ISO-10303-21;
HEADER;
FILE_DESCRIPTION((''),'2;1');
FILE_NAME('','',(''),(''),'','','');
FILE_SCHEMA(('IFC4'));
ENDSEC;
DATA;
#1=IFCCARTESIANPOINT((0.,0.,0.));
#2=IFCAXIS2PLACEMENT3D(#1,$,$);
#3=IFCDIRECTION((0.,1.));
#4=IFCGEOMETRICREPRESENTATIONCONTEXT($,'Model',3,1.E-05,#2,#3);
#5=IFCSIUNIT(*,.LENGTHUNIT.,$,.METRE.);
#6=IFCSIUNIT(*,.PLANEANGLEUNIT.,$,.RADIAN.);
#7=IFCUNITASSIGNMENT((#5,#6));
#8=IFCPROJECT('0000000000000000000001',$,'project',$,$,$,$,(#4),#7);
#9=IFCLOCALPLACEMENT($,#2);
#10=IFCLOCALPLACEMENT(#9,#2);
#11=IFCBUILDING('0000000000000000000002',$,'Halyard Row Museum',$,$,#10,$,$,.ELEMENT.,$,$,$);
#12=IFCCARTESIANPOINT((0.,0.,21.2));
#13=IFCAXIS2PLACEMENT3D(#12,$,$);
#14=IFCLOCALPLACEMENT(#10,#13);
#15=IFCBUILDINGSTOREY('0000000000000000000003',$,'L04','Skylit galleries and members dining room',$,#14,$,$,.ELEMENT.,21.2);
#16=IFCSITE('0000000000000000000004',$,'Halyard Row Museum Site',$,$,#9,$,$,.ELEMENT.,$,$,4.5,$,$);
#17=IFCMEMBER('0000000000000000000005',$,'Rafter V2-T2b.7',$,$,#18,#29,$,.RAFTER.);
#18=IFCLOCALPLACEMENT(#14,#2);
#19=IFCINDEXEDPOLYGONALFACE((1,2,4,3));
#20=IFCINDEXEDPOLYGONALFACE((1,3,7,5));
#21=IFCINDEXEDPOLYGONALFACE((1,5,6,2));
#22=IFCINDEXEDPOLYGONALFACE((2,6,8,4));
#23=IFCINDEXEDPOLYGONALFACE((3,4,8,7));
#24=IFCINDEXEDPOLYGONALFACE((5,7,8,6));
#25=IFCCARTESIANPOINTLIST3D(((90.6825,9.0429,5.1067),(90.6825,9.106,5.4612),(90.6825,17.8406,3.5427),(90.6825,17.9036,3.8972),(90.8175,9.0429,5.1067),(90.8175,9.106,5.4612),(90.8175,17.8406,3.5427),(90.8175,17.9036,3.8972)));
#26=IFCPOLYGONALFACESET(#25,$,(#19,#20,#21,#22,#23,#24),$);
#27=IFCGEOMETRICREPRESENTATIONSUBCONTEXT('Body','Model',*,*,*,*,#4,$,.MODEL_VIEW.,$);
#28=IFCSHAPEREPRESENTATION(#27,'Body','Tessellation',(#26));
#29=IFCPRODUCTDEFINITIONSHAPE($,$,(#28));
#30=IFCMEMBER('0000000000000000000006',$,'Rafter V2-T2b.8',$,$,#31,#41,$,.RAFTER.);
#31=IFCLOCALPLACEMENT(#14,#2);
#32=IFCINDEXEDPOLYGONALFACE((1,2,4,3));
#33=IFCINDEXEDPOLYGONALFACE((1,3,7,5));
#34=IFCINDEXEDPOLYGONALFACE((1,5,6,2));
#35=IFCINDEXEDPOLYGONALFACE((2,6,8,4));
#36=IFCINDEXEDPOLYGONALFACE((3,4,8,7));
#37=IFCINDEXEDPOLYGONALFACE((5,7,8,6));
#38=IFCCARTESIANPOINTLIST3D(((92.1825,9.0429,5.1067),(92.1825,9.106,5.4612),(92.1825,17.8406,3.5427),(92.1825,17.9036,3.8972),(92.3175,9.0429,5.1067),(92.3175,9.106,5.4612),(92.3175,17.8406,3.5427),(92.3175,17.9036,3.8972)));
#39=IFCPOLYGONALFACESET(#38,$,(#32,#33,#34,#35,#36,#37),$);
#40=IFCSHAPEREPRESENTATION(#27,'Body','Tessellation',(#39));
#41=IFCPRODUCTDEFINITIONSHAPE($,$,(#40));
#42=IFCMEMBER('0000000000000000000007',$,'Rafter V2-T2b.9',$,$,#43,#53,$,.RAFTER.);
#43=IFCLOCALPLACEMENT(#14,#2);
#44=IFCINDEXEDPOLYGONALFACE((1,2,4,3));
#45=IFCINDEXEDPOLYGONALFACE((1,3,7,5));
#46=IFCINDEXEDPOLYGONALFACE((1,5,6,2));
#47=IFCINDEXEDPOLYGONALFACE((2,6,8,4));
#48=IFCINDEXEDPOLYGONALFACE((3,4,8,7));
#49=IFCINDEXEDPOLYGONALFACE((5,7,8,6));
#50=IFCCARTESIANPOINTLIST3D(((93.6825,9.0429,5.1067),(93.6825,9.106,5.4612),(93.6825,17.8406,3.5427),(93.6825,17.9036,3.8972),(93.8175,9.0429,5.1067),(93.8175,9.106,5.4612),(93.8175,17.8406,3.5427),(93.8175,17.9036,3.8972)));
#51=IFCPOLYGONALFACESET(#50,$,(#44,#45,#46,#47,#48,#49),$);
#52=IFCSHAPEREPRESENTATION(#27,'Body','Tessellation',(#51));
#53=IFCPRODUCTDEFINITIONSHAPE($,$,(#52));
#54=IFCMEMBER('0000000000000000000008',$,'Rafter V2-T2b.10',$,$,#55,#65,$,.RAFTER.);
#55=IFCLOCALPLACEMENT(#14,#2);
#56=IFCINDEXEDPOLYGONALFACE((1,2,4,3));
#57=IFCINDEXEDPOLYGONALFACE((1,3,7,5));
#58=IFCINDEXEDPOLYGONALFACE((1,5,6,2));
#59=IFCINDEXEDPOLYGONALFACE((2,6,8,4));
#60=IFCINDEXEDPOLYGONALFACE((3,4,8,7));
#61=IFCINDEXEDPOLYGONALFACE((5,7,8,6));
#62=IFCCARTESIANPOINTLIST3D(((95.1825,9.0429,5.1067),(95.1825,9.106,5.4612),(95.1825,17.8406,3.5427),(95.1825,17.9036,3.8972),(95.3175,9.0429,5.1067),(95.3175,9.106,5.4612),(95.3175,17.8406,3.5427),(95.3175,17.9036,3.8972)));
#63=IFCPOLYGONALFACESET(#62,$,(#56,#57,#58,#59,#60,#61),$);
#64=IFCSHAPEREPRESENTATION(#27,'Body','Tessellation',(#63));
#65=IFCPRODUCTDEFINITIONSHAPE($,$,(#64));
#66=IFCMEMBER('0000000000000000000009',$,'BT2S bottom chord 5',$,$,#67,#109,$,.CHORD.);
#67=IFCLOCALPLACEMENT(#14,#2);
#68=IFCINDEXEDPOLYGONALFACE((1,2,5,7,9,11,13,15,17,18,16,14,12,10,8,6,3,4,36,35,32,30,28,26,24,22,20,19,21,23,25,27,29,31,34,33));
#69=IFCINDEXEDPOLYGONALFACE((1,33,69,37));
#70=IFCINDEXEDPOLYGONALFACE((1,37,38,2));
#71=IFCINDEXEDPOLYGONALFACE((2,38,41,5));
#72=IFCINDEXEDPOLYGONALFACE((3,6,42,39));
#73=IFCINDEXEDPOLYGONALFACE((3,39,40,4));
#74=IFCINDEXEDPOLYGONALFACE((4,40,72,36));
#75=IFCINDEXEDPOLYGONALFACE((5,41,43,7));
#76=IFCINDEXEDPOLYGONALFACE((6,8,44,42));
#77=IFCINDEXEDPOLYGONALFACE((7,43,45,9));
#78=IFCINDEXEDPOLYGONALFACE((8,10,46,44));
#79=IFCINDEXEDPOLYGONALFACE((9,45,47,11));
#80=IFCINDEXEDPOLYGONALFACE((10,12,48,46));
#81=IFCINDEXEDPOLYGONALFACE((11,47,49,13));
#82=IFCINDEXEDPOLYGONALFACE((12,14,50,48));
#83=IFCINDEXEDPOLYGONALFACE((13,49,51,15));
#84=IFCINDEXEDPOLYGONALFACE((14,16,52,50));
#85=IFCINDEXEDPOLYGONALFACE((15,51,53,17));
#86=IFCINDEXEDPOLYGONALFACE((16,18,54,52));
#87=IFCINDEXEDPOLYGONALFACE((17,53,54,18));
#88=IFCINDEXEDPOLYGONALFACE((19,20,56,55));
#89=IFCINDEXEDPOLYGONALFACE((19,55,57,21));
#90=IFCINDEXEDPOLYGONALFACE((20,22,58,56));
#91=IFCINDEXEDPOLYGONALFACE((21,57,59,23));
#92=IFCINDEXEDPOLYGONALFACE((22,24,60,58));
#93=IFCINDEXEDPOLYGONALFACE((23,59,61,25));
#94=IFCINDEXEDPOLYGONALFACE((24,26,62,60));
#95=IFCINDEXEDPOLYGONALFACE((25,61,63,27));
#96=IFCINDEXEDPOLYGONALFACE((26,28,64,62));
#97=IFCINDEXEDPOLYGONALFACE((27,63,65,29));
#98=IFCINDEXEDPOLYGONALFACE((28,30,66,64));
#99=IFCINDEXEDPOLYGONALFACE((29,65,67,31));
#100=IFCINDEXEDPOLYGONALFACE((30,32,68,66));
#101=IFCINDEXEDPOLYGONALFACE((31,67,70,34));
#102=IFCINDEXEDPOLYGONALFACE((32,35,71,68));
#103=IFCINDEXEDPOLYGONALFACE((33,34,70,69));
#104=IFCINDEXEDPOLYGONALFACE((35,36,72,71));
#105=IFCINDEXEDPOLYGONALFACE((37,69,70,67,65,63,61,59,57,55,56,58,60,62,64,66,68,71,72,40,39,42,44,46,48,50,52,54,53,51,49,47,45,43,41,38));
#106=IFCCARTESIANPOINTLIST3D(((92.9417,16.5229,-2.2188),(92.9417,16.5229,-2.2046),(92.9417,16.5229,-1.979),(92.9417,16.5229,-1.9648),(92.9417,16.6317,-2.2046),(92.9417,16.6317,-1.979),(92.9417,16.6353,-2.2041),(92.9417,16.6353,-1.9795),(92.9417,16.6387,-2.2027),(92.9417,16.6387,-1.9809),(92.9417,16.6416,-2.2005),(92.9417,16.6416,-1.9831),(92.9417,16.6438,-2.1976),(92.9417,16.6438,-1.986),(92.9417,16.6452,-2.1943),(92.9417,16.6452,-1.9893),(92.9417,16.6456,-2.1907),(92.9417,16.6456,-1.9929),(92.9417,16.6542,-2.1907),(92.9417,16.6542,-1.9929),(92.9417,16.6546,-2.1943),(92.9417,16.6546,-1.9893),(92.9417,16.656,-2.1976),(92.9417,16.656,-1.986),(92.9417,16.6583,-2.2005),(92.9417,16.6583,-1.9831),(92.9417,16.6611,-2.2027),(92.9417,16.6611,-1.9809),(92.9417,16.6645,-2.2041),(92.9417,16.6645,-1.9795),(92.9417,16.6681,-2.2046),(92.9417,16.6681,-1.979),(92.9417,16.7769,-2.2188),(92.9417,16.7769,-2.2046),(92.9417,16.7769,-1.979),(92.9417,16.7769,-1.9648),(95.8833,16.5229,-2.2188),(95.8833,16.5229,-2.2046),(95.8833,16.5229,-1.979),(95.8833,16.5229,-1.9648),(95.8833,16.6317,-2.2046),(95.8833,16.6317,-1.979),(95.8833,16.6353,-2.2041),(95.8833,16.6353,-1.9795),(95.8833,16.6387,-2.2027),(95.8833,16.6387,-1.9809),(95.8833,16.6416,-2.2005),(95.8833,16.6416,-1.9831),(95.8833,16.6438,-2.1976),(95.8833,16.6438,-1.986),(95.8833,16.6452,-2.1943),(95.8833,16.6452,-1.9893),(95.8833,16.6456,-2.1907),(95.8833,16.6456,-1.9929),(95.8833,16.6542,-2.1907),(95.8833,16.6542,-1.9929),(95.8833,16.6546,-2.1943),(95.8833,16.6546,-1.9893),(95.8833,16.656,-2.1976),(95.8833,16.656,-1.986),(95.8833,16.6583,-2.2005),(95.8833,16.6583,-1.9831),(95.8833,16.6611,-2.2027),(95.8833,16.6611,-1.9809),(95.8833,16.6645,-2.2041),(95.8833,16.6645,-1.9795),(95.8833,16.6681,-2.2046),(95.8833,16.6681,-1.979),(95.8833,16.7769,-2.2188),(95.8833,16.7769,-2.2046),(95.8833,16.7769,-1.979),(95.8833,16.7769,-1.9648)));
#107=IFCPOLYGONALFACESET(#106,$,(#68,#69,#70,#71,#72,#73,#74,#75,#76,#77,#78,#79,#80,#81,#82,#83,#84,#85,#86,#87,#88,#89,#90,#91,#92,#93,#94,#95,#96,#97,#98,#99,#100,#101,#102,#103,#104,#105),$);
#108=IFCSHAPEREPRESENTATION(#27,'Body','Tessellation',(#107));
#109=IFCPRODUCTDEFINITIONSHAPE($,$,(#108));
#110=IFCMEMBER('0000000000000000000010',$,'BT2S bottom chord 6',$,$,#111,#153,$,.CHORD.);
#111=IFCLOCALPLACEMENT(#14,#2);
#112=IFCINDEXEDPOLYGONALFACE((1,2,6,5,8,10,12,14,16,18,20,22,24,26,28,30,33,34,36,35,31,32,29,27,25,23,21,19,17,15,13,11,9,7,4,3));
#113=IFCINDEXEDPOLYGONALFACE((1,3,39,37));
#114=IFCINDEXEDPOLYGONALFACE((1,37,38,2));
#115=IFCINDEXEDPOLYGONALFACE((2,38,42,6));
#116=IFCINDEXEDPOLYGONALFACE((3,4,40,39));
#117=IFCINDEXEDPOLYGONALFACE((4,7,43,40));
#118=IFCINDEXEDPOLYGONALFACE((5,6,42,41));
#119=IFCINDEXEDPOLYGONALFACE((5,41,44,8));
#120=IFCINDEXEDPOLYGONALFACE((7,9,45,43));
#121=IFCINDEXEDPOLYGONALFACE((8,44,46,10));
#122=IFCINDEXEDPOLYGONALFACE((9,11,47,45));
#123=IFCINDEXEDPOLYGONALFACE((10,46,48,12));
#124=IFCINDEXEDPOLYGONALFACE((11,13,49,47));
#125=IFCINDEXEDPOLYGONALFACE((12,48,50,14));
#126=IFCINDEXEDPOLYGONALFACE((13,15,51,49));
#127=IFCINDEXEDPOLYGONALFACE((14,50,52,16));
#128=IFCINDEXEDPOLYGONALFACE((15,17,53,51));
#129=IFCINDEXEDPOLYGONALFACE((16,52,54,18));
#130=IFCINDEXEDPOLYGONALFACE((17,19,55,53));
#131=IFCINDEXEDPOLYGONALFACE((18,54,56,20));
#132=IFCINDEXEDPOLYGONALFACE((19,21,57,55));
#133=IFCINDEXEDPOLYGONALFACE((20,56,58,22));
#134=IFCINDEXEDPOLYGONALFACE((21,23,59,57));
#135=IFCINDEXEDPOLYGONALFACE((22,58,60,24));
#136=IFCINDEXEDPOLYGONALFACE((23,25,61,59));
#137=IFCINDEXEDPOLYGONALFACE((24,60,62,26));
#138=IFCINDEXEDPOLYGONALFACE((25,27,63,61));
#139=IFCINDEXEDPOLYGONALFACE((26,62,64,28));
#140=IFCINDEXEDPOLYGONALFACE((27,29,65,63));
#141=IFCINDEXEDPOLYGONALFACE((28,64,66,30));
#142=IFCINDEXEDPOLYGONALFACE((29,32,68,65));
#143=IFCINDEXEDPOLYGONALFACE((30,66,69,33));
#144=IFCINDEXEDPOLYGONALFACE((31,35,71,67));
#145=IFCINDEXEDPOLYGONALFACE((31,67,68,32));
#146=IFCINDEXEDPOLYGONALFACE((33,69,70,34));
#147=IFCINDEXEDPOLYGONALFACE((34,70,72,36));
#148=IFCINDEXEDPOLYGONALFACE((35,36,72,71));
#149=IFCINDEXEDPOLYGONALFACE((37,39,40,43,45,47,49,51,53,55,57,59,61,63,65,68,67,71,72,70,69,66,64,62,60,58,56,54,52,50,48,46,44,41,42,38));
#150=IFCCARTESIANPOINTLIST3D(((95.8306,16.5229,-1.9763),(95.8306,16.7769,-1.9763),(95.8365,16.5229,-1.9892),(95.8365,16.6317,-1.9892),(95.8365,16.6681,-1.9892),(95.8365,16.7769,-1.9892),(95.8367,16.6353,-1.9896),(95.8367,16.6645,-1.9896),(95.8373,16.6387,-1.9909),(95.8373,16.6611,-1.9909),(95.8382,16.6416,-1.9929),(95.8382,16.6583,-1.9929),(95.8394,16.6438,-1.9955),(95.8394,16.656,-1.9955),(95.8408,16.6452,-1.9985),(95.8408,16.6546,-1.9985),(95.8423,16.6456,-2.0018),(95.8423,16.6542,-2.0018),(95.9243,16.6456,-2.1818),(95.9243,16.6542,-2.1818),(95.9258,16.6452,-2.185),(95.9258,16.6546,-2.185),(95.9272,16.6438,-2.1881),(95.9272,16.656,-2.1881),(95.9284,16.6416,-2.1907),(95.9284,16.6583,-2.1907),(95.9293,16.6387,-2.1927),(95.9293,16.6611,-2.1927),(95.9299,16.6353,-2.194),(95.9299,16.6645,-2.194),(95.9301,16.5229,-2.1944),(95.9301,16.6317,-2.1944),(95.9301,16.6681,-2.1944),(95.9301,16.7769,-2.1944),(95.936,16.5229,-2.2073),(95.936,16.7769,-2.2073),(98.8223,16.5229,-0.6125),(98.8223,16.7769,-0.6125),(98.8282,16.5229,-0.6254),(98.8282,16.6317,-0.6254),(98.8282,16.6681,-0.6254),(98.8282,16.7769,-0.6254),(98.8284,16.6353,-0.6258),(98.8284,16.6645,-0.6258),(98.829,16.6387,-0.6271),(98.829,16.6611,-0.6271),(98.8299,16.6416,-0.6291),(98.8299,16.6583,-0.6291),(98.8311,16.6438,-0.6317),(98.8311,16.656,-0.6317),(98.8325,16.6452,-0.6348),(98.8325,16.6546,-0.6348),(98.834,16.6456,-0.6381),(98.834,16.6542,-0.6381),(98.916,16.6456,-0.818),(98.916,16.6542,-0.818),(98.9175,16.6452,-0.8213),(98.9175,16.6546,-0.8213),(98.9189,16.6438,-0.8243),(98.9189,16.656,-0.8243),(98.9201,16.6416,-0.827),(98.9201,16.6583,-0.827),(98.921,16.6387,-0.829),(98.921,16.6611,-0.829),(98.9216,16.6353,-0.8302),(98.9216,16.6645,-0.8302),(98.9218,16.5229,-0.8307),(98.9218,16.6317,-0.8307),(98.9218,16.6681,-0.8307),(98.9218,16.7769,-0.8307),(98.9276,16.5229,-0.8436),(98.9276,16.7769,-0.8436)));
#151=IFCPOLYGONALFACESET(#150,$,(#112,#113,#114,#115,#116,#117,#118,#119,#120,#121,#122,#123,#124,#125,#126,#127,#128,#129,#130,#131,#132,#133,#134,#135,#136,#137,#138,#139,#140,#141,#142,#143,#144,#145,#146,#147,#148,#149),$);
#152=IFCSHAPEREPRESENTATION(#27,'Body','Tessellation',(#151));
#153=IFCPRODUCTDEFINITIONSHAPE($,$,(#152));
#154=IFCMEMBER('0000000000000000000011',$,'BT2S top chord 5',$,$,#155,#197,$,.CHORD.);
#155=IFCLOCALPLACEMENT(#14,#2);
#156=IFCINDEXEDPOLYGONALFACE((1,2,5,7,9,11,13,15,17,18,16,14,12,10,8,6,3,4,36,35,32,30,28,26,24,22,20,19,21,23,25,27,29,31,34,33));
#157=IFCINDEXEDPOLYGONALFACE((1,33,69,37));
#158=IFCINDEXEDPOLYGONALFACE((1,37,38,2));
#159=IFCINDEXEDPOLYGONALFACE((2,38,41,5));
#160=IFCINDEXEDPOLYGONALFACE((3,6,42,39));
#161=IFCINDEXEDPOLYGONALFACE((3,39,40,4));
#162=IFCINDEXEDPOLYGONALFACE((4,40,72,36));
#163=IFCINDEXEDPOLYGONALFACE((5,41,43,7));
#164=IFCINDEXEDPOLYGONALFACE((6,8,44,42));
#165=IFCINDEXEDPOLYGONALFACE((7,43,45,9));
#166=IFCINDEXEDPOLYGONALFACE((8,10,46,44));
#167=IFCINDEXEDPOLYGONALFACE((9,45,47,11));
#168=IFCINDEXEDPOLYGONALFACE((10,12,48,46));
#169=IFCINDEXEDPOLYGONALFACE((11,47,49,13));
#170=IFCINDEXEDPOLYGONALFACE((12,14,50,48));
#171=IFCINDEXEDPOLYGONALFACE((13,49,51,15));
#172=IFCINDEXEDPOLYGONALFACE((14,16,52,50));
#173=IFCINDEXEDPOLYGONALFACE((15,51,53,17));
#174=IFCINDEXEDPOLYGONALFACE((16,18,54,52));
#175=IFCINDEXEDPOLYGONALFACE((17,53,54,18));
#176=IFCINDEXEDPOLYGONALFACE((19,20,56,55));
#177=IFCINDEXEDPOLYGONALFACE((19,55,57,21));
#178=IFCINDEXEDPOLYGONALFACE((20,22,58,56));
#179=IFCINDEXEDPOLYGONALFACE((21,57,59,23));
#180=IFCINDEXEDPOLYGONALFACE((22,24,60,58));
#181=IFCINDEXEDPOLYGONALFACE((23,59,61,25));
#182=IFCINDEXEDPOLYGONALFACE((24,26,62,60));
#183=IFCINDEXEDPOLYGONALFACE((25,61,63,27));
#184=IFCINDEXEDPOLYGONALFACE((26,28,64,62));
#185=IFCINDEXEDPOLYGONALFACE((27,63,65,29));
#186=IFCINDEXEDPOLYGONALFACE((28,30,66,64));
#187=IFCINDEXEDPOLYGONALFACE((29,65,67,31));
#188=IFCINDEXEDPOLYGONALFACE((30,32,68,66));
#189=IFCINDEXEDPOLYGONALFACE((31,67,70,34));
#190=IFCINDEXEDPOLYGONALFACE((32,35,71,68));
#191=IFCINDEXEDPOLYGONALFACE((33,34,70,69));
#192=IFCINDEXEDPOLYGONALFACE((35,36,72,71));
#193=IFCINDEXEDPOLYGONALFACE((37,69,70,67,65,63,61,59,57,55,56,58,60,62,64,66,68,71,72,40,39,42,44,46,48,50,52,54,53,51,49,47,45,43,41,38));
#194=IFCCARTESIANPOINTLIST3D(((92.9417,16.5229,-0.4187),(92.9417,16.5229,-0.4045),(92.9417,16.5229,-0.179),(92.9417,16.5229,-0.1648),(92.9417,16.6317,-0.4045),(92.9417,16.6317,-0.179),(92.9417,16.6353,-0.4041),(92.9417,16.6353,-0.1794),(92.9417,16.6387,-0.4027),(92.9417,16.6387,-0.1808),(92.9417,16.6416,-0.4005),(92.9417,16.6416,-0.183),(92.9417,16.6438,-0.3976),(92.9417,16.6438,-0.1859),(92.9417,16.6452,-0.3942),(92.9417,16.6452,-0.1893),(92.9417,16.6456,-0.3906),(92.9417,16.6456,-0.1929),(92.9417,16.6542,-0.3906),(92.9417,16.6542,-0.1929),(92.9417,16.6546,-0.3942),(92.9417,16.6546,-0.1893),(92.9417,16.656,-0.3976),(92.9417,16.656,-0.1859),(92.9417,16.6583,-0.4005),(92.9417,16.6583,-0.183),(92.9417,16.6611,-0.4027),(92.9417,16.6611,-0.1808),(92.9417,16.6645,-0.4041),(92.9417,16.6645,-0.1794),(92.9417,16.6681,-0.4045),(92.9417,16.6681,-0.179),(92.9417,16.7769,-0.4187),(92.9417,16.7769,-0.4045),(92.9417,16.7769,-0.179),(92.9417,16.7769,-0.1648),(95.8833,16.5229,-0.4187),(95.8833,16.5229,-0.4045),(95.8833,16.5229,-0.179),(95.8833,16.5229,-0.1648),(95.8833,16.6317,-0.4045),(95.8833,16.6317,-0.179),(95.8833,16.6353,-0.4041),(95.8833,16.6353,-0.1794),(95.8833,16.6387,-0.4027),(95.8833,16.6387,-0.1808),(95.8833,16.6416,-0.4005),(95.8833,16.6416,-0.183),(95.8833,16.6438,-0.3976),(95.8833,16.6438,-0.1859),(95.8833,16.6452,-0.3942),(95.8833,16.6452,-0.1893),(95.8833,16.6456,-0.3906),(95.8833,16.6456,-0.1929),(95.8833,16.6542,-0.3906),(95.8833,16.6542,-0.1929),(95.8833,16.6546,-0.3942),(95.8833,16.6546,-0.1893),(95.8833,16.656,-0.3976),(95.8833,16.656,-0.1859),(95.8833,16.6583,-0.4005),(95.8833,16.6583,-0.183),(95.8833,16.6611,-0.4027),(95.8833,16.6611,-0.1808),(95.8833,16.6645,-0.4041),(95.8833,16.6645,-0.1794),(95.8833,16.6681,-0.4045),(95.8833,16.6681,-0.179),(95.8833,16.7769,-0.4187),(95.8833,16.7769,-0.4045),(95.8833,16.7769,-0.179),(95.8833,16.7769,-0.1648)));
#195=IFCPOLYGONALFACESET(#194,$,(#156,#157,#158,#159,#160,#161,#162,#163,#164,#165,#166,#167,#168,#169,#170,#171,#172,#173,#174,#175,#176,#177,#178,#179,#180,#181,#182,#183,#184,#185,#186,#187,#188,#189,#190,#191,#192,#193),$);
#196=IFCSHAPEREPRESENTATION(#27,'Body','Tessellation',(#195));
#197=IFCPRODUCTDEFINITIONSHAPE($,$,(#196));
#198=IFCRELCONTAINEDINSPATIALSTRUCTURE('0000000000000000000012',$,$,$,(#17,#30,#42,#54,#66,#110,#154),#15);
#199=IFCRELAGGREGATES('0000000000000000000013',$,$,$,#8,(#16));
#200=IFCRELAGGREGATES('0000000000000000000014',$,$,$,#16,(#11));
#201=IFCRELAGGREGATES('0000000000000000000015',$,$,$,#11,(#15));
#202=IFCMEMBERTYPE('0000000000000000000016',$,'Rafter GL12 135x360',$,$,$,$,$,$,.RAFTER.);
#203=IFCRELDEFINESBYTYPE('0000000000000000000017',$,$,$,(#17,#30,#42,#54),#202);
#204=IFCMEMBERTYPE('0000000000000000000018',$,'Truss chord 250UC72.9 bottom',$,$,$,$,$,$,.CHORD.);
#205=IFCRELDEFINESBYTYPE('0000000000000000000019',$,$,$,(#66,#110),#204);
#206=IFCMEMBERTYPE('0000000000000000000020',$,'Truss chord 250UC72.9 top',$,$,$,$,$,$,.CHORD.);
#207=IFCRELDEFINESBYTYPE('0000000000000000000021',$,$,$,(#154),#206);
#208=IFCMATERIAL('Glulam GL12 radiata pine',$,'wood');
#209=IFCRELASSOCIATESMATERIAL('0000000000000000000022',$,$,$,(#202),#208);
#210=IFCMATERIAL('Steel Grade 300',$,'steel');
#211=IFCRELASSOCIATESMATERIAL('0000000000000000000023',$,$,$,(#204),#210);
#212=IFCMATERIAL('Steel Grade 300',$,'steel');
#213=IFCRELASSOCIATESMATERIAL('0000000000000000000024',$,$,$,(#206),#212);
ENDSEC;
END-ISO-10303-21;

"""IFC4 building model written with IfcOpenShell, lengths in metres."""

from ifc_helpers import new_model, si_unit, direction, frame, origin, origin_2d, place, context, subcontext, project, spatial, rectangle, i_section, extrude, material, material_profile, profile_set, type_object, element, save


model = new_model("IFC4")

# Units and contexts
model_context = context("Model", 3, precision=1e-05, world=origin(), true_north=direction((0.0, 1.0)))
body_context = subcontext(model_context, "Body", "Model", "MODEL_VIEW")
ifc_project = project(units=[si_unit("LENGTHUNIT", "METRE"), si_unit("PLANEANGLEUNIT", "RADIAN")], contexts=[model_context])

# Site, building, storey
site_placement = place(None, origin())
site = spatial("IfcSite", under=ifc_project, at=site_placement, Name="Halyard Row Museum Site", CompositionType="ELEMENT", RefElevation=4.5)
building_placement = place(site_placement, origin())
building = spatial("IfcBuilding", under=site, at=building_placement, Name="Halyard Row Museum", CompositionType="ELEMENT")
storey_placement = place(building_placement, frame((0.0, 0.0, 21.2)))
storey = spatial("IfcBuildingStorey", under=building, at=storey_placement, Name="L04", Description="Skylit galleries and members dining room", CompositionType="ELEMENT", Elevation=21.2)

# Members
ifc_material_1 = material(Name="Glulam GL12 radiata pine", Category="wood")
ifc_material_profile_1 = material_profile(ifc_material_1, rectangle(XDim=0.135, YDim=0.3601, at=origin_2d()), Name="GL12 135x360")
ifc_profile_set_1 = profile_set([ifc_material_profile_1], Name="Glulam GL12 radiata pine")
member_type_1 = type_object("IfcMemberType", Name="Rafter GL12 135x360", PredefinedType="RAFTER", material=ifc_profile_set_1)
for number, where, z_axis, x_axis, name in (
    (1, (90.75, 9.0745, 5.2839), (0.0, 0.984564, -0.175027), (-1.0, 0.0, 0.0), "Rafter V2-T2b.7"),
    (2, (92.25, 9.0745, 5.2839), (0.0, 0.984564, -0.175027), (-1.0, 0.0, 0.0), "Rafter V2-T2b.8"),
    (3, (93.75, 9.0745, 5.2839), (0.0, 0.984564, -0.175027), (-1.0, 0.0, 0.0), "Rafter V2-T2b.9"),
    (4, (95.25, 9.0745, 5.2839), (0.0, 0.984564, -0.175027), (-1.0, 0.0, 0.0), "Rafter V2-T2b.10"),
):
    element("IfcMember", number, at=place(storey_placement, frame(where, z_axis=z_axis, x_axis=x_axis)), inside=storey, type_object=member_type_1, Name=name, PredefinedType="RAFTER", context=body_context, shape_type="SweptSolid", body=[
        extrude(rectangle(XDim=0.135, YDim=0.3601, at=origin_2d()), origin(), (0.0, 0.0, 1.0), 8.9355),
    ])
ifc_material_2 = material(Name="Steel Grade 300", Category="steel")
ifc_material_profile_2 = material_profile(ifc_material_2, i_section(OverallWidth=0.2539, OverallDepth=0.2539, WebThickness=0.0085, FlangeThickness=0.0142, FilletRadius=0.0139, at=origin_2d()), Name="250UC72.9")
ifc_profile_set_2 = profile_set([ifc_material_profile_2], Name="Steel Grade 300")
member_type_2 = type_object("IfcMemberType", Name="Truss chord 250UC72.9 bottom", PredefinedType="CHORD", material=ifc_profile_set_2)
member_1_placement = place(storey_placement, frame((92.9417, 16.6499, -2.0918), z_axis=(1.0, 0.0, 0.0), x_axis=(0.0, 1.0, 0.0)))
element("IfcMember", 5, at=member_1_placement, inside=storey, type_object=member_type_2, Name="BT2S bottom chord 5", PredefinedType="CHORD", context=body_context, shape_type="SweptSolid", body=[
    extrude(i_section(OverallWidth=0.2539, OverallDepth=0.2539, WebThickness=0.0085, FlangeThickness=0.0142, FilletRadius=0.0139, at=origin_2d()), origin(), (0.0, 0.0, 1.0), 2.9417),
])
member_2_placement = place(storey_placement, frame((95.8833, 16.6499, -2.0918), z_axis=(0.909918, 0.0, 0.414787), x_axis=(0.0, 1.0, 0.0)))
element("IfcMember", 6, at=member_2_placement, inside=storey, type_object=member_type_2, Name="BT2S bottom chord 6", PredefinedType="CHORD", context=body_context, shape_type="SweptSolid", body=[
    extrude(i_section(OverallWidth=0.2539, OverallDepth=0.2539, WebThickness=0.0085, FlangeThickness=0.0142, FilletRadius=0.0139, at=origin_2d()), origin(), (0.0, 0.0, 1.0), 3.2878),
])
ifc_material_3 = material(Name="Steel Grade 300", Category="steel")
ifc_material_profile_3 = material_profile(ifc_material_3, i_section(OverallWidth=0.2539, OverallDepth=0.2539, WebThickness=0.0085, FlangeThickness=0.0142, FilletRadius=0.0139, at=origin_2d()), Name="250UC72.9")
ifc_profile_set_3 = profile_set([ifc_material_profile_3], Name="Steel Grade 300")
member_type_3 = type_object("IfcMemberType", Name="Truss chord 250UC72.9 top", PredefinedType="CHORD", material=ifc_profile_set_3)
member_3_placement = place(storey_placement, frame((92.9417, 16.6499, -0.2917), z_axis=(1.0, 0.0, 0.0), x_axis=(0.0, 1.0, 0.0)))
element("IfcMember", 7, at=member_3_placement, inside=storey, type_object=member_type_3, Name="BT2S top chord 5", PredefinedType="CHORD", context=body_context, shape_type="SweptSolid", body=[
    extrude(i_section(OverallWidth=0.2539, OverallDepth=0.2539, WebThickness=0.0085, FlangeThickness=0.0142, FilletRadius=0.0139, at=origin_2d()), origin(), (0.0, 0.0, 1.0), 2.9417),
])

save(model, "model.ifc")
